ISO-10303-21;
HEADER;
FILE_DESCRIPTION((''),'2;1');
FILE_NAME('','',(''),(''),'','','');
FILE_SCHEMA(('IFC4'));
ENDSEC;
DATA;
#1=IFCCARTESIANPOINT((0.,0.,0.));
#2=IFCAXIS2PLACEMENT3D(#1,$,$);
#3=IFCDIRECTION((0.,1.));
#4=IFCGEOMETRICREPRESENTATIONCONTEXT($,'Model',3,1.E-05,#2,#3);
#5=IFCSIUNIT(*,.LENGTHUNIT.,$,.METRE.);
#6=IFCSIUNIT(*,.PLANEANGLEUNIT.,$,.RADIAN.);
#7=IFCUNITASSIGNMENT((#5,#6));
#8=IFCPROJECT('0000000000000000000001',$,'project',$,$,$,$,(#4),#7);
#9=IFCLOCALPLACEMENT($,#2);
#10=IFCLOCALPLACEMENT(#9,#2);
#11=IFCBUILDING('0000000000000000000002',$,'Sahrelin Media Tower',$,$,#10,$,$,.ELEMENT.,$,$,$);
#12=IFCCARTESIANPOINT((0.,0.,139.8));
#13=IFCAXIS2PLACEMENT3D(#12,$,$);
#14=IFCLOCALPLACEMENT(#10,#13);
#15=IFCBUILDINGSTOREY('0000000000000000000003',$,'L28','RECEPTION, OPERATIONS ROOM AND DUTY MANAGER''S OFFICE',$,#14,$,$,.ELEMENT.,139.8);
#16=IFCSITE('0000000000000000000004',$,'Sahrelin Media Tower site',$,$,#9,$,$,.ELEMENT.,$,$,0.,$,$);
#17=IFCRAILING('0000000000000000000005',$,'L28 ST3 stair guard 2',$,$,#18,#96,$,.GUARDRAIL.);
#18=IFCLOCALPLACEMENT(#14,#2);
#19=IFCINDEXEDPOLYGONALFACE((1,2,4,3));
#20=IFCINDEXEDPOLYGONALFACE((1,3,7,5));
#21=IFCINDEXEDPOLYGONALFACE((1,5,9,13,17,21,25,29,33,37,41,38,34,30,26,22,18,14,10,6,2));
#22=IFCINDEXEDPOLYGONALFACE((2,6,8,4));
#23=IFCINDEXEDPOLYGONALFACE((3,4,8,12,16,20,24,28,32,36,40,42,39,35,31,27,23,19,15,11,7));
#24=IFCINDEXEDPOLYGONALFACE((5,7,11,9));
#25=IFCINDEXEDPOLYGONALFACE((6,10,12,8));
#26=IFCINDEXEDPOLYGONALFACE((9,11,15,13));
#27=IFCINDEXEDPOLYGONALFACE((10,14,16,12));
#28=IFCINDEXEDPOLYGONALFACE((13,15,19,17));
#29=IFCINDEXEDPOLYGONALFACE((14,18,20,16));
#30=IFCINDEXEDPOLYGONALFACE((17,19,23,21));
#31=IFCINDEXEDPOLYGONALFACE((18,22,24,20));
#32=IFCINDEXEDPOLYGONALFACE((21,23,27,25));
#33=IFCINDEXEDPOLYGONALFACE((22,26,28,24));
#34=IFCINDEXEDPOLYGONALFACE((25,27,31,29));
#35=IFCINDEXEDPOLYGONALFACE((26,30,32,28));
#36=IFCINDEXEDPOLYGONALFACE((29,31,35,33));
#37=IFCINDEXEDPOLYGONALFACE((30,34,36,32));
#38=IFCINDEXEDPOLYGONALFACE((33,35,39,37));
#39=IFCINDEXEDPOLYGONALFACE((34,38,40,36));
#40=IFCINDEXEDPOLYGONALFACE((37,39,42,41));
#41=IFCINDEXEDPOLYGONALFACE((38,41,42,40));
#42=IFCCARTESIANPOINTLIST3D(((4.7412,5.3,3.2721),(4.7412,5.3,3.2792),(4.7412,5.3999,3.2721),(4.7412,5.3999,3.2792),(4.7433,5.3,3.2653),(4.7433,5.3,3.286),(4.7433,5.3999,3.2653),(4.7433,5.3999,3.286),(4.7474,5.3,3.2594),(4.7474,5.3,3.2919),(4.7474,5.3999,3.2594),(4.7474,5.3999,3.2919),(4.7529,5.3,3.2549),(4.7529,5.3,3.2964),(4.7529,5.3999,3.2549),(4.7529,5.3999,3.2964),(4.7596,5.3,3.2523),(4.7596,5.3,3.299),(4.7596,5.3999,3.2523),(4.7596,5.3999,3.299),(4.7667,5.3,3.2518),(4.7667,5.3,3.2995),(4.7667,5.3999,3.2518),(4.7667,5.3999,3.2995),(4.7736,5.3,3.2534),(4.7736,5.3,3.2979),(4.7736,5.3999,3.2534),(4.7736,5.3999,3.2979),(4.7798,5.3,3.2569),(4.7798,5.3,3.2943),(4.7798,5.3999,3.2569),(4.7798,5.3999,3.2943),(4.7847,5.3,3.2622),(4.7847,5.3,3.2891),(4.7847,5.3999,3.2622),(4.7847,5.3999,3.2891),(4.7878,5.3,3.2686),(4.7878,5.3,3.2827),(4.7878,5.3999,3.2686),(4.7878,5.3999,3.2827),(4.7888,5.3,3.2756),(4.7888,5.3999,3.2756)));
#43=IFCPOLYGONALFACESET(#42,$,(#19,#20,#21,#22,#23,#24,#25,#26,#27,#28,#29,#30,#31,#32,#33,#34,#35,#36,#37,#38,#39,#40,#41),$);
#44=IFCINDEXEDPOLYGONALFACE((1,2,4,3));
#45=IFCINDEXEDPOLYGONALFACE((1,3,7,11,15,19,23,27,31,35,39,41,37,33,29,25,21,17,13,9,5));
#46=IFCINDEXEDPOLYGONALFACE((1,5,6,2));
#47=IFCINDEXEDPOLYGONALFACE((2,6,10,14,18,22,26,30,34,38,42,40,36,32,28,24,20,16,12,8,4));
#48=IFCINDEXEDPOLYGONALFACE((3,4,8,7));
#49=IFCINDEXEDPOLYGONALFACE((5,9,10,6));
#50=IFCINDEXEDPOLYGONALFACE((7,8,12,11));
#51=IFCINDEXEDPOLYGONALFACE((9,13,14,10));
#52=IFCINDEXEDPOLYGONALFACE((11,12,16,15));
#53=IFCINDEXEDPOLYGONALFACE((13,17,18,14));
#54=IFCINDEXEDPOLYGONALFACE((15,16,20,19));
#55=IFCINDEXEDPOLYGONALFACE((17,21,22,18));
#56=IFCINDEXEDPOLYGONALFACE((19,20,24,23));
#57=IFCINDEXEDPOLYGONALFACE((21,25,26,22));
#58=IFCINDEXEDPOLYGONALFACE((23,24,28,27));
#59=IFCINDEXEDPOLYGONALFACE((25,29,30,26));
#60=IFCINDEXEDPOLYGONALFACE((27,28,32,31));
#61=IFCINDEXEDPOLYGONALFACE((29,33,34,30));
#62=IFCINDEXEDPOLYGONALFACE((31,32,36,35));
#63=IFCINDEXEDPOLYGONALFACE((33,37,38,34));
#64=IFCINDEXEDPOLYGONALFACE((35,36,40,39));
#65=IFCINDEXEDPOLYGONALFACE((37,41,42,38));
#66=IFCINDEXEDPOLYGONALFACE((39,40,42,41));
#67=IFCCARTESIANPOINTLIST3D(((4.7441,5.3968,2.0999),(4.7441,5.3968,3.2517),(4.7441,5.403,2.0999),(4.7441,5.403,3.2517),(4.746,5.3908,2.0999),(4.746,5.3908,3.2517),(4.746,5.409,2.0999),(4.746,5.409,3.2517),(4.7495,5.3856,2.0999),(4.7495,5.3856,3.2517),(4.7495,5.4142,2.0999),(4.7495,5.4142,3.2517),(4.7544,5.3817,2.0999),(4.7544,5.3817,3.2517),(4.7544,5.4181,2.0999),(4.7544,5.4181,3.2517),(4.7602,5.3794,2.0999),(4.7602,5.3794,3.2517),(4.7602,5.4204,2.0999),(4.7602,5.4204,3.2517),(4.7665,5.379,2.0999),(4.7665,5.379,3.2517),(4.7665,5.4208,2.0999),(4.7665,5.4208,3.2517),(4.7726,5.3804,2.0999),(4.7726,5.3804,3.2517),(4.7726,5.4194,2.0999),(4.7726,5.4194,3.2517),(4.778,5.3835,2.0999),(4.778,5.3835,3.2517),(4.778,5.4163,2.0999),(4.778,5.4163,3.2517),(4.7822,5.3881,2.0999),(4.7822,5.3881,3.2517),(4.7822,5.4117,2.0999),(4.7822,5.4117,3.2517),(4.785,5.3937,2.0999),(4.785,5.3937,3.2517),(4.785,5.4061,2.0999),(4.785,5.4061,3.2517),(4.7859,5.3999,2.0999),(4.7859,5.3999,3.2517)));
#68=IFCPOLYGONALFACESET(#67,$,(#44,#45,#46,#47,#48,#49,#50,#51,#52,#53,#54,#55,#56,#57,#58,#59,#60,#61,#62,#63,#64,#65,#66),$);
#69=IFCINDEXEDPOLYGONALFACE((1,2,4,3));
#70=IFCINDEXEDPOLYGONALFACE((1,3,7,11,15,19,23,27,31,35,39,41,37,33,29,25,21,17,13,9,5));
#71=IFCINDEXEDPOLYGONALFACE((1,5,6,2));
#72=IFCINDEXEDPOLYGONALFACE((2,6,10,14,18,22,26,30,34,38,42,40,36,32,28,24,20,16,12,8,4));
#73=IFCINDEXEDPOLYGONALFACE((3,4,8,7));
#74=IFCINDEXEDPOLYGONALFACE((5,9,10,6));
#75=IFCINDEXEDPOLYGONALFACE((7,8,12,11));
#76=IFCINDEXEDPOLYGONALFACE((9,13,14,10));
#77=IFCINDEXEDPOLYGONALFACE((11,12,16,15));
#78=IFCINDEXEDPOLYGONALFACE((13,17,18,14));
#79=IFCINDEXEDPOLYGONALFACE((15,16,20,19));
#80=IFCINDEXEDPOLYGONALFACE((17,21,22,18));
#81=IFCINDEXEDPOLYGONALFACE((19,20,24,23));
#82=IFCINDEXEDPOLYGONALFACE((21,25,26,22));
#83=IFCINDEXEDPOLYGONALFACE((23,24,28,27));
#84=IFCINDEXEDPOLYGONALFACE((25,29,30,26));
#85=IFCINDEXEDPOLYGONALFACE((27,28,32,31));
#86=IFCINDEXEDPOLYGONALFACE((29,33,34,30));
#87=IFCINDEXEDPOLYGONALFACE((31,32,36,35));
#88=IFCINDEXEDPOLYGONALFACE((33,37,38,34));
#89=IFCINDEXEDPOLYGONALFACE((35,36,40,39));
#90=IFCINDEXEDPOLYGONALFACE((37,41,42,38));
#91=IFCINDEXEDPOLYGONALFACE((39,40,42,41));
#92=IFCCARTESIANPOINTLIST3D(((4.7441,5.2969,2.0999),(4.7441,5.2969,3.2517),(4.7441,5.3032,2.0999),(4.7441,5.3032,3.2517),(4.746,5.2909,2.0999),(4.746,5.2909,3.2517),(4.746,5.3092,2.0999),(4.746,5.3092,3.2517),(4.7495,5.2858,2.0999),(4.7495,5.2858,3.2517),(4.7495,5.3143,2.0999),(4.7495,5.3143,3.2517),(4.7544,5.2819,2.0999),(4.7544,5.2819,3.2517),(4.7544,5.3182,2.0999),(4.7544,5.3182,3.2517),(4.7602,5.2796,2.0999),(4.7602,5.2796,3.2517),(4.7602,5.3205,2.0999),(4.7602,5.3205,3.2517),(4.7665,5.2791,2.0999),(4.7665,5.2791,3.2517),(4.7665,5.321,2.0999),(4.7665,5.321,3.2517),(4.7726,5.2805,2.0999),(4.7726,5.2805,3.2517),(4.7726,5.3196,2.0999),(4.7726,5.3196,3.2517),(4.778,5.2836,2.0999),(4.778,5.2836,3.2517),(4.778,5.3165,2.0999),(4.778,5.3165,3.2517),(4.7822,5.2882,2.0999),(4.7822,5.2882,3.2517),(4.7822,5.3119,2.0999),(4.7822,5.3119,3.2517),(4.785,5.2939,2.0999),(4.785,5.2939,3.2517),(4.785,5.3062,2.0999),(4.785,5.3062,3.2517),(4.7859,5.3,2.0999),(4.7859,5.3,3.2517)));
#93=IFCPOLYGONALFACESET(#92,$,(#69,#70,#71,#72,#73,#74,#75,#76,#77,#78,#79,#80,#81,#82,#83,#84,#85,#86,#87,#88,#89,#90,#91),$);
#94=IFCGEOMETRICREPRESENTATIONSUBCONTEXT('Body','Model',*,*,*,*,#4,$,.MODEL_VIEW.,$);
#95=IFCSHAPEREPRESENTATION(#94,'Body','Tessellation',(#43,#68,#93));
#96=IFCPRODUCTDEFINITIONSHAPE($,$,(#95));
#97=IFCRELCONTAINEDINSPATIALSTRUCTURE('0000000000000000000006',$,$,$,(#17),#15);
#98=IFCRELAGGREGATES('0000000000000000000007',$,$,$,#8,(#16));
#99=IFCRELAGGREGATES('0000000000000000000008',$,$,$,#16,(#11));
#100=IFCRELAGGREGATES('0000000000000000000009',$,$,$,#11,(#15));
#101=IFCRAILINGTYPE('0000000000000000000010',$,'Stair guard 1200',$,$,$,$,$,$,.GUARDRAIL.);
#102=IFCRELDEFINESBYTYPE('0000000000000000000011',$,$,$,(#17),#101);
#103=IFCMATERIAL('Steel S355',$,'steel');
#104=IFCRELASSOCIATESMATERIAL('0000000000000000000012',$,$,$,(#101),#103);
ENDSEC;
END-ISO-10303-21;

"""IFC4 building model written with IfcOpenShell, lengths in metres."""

from ifc_helpers import new_model, si_unit, direction, frame, origin, origin_2d, place, context, subcontext, project, spatial, circle, extrude, material, type_object, element, save


model = new_model("IFC4")

# Units and contexts
model_context = context("Model", 3, precision=1e-05, world=origin(), true_north=direction((0.0, 1.0)))
body_context = subcontext(model_context, "Body", "Model", "MODEL_VIEW")
ifc_project = project(units=[si_unit("LENGTHUNIT", "METRE"), si_unit("PLANEANGLEUNIT", "RADIAN")], contexts=[model_context])

# Site, building, storey
site_placement = place(None, origin())
site = spatial("IfcSite", under=ifc_project, at=site_placement, Name="Sahrelin Media Tower site", CompositionType="ELEMENT", RefElevation=0.0)
building_placement = place(site_placement, origin())
building = spatial("IfcBuilding", under=site, at=building_placement, Name="Sahrelin Media Tower", CompositionType="ELEMENT")
storey_placement = place(building_placement, frame((0.0, 0.0, 139.8)))
storey = spatial("IfcBuildingStorey", under=building, at=storey_placement, Name="L28", Description="RECEPTION, OPERATIONS ROOM AND DUTY MANAGER'S OFFICE", CompositionType="ELEMENT", Elevation=139.8)

# Shared definitions
ifc_material_1 = material(Name="Steel S355", Category="steel")

# Railing
railing_type_1 = type_object("IfcRailingType", Name="Stair guard 1200", PredefinedType="GUARDRAIL", material=ifc_material_1)
railing_1_placement = place(storey_placement, frame((4.7649, 5.3999, 2.0999)))
element("IfcRailing", 1, at=railing_1_placement, inside=storey, type_object=railing_type_1, Name="L28 ST3 stair guard 2", PredefinedType="GUARDRAIL", context=body_context, shape_type="SweptSolid", body=[
    extrude(circle(Radius=0.0239, at=origin_2d()), frame((0.0, 0.0, 1.1758), z_axis=(0.0, -1.0, 0.0), x_axis=(1.0, 0.0, 0.0)), (0.0, 0.0, 1.0), 0.0999),
    extrude(circle(Radius=0.021, at=origin_2d()), origin(), (0.0, 0.0, 1.0), 1.1519),
    extrude(circle(Radius=0.021, at=origin_2d()), frame((0.0, -0.0999, 0.0)), (0.0, 0.0, 1.0), 1.1519),
])

save(model, "model.ifc")
